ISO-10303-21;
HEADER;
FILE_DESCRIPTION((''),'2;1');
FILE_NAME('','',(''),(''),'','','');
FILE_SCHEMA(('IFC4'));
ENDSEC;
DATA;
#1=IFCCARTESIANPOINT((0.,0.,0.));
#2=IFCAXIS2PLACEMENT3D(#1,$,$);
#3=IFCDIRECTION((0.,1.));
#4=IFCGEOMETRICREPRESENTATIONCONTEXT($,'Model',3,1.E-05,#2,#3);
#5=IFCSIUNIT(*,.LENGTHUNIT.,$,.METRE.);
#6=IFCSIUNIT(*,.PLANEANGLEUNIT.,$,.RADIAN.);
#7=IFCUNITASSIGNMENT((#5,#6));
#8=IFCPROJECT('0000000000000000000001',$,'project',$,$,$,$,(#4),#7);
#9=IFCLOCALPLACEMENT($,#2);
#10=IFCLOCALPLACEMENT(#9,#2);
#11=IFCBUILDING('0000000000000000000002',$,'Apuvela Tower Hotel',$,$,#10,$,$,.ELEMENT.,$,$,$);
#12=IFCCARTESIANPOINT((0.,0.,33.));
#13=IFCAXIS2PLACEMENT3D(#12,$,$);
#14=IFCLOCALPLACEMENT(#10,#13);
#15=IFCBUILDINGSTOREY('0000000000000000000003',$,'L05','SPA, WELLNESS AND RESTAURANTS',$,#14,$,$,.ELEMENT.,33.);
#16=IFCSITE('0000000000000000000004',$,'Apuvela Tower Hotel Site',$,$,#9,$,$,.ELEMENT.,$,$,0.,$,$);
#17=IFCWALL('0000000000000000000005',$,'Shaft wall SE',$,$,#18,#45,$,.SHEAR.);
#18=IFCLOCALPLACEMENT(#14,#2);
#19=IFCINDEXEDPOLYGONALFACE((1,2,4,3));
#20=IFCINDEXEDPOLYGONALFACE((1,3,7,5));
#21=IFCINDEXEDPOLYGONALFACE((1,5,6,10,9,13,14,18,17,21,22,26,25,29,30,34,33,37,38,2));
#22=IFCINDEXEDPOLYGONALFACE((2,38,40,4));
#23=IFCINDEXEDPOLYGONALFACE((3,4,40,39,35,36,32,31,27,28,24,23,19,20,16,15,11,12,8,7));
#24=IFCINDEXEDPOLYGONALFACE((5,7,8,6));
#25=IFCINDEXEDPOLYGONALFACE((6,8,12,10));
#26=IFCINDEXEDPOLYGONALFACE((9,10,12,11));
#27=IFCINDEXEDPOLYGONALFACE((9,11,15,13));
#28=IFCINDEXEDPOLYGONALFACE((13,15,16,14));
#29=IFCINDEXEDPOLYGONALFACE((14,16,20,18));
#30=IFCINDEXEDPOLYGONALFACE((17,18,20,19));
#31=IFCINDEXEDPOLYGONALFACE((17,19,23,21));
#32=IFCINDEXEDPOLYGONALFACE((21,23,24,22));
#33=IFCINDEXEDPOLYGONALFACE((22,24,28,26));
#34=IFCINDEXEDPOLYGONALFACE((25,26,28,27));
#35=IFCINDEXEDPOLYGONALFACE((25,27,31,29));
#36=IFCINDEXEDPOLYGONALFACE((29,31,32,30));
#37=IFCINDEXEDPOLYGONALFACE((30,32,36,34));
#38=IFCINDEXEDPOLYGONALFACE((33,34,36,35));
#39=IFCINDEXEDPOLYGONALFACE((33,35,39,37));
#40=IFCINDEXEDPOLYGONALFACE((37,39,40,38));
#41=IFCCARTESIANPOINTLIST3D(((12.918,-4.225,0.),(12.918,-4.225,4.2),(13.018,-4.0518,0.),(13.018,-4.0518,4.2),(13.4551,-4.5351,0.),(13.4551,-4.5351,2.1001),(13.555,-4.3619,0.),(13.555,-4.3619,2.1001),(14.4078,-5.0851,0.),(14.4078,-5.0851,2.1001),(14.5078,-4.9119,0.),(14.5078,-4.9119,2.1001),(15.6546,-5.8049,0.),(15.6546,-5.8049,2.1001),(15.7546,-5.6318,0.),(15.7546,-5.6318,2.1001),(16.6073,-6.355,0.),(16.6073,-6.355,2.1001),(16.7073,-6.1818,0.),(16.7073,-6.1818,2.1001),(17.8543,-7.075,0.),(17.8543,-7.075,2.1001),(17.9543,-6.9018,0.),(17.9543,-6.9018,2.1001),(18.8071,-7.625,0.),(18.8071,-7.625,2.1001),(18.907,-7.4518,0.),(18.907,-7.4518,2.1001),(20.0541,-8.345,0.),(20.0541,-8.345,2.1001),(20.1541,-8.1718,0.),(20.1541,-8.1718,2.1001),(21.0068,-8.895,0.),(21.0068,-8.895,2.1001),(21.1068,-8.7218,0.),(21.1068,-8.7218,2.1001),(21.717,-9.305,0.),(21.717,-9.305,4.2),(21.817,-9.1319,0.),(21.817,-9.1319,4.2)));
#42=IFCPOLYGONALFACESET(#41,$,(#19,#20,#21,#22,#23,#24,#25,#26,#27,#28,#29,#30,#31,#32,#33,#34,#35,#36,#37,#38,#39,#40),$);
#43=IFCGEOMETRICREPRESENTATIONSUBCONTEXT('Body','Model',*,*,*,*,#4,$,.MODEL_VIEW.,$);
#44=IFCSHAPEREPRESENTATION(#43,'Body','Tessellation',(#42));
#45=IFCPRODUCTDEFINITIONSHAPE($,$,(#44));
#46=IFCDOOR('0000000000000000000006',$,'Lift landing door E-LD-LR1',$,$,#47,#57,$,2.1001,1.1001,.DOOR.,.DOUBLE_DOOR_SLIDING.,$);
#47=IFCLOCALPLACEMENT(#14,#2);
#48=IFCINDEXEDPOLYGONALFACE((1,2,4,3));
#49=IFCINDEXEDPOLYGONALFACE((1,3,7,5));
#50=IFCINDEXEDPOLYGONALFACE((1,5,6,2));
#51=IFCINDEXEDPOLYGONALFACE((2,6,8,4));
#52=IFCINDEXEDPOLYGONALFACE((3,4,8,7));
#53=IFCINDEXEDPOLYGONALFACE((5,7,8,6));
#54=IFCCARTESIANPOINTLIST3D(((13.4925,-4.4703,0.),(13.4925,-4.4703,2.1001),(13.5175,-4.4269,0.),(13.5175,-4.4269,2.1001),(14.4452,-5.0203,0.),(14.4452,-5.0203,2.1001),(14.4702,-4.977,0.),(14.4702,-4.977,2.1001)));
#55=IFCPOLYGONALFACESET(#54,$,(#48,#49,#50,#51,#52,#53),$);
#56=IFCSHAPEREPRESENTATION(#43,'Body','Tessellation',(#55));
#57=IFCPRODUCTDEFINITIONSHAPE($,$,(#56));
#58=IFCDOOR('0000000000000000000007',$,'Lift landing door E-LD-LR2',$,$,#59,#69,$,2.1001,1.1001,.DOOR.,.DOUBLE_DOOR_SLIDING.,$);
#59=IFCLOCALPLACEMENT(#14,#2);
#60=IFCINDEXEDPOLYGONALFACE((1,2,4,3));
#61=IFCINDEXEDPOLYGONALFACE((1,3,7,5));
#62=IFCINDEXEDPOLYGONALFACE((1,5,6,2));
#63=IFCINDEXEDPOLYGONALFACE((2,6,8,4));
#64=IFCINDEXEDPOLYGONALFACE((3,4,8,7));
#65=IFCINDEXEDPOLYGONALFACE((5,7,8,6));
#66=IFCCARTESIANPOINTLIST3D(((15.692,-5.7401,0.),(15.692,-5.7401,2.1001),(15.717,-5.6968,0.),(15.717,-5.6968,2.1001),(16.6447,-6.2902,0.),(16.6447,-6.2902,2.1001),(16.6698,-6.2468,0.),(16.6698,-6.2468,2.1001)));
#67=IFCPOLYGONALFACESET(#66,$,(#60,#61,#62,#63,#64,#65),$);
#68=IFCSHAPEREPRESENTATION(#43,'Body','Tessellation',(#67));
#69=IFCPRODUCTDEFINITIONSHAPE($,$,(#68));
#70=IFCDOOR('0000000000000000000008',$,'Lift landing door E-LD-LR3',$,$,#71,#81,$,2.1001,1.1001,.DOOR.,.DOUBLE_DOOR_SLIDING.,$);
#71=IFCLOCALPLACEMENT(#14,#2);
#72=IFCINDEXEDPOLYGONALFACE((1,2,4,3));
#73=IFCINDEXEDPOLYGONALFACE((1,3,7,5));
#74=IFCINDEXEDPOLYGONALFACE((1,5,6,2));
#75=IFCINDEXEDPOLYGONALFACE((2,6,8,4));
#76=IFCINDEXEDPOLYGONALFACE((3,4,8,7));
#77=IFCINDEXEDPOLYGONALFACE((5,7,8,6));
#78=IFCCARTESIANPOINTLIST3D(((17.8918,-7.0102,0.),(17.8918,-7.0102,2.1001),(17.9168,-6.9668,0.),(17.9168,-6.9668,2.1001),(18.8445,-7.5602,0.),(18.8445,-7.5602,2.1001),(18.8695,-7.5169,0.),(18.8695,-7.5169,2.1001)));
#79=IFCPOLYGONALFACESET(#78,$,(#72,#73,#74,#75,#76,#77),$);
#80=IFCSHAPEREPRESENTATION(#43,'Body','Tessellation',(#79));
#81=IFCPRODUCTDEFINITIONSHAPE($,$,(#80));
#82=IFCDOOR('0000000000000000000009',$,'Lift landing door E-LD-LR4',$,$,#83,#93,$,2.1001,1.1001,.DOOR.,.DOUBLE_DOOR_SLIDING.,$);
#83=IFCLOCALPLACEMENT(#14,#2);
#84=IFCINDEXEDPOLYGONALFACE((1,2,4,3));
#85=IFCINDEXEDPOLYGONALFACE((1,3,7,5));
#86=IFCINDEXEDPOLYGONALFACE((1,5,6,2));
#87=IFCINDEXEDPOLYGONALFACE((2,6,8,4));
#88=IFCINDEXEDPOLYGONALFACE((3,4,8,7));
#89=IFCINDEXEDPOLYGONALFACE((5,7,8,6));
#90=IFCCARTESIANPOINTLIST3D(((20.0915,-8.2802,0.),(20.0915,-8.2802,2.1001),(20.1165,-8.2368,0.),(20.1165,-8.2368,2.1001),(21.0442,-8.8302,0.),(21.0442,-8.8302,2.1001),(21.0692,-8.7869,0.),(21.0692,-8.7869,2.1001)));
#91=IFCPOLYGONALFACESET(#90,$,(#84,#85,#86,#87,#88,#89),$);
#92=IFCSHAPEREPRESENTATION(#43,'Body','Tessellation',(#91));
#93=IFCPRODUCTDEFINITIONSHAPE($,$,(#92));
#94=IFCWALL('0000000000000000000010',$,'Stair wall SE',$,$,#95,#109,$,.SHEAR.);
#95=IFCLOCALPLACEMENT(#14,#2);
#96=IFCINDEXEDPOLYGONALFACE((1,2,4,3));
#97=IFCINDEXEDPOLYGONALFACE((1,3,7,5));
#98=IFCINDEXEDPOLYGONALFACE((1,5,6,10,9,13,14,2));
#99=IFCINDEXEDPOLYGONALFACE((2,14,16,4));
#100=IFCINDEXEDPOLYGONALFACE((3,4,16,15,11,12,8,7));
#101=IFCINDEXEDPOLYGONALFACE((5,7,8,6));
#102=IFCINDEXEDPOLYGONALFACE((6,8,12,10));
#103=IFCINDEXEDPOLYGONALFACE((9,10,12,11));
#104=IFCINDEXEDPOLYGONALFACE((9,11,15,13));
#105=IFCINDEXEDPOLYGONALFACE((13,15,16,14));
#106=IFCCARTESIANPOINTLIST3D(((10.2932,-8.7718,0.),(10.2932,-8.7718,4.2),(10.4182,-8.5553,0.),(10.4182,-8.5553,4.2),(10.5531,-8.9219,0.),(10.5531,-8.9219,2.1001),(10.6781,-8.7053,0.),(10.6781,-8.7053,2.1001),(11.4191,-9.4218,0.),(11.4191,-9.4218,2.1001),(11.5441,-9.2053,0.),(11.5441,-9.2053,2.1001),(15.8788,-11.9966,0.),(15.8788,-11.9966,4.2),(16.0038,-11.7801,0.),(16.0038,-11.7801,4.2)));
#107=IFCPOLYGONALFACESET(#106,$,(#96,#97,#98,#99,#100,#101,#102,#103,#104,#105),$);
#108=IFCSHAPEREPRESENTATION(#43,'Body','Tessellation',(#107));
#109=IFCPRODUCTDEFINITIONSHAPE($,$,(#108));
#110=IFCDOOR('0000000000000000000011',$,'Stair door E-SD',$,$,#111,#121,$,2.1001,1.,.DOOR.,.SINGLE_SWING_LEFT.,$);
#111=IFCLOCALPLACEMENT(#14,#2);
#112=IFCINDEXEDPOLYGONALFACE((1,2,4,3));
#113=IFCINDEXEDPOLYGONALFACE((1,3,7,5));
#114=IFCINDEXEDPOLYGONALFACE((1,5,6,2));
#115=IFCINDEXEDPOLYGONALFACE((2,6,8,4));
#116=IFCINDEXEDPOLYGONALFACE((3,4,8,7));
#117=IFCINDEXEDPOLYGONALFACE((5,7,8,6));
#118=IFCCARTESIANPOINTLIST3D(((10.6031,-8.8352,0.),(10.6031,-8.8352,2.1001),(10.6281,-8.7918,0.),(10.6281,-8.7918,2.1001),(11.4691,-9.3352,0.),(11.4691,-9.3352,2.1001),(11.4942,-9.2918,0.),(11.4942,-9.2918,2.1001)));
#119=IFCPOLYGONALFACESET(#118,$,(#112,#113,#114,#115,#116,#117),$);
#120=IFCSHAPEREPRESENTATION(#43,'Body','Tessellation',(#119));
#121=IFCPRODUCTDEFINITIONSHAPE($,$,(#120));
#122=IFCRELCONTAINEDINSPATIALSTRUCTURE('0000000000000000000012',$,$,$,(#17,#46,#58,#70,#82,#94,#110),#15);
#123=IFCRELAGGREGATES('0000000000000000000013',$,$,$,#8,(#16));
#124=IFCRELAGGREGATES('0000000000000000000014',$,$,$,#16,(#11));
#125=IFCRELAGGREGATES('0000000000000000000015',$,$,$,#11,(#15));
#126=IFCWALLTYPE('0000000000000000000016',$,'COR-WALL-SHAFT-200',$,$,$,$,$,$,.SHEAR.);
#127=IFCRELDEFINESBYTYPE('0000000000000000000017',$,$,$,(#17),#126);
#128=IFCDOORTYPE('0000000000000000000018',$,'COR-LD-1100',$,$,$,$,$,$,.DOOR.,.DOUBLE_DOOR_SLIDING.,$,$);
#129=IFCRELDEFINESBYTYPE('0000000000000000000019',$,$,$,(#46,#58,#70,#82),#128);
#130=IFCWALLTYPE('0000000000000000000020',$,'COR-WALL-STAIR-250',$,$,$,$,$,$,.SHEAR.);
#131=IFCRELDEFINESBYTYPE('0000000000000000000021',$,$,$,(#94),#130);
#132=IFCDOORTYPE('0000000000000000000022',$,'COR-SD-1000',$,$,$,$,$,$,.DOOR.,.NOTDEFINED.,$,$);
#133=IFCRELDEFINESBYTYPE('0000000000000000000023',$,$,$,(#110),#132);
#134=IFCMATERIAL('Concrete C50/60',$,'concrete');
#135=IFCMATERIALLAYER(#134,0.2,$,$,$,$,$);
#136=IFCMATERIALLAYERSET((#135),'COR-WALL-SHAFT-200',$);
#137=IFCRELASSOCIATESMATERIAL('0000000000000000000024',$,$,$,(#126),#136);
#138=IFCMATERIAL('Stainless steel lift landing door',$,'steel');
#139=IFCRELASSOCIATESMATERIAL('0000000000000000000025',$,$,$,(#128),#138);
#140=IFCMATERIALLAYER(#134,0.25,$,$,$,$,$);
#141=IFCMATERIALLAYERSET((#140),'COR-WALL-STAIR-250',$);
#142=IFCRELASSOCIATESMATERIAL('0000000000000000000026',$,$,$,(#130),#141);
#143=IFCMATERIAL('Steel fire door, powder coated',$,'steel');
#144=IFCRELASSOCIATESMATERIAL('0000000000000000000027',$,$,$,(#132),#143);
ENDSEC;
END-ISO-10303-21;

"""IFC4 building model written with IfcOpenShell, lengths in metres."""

from ifc_helpers import new_model, si_unit, direction, frame, frame_2d, origin, place, context, subcontext, project, spatial, rectangle, extrude, material, layer, layer_set, type_object, element, fill, save


model = new_model("IFC4")

# Units and contexts
model_context = context("Model", 3, precision=1e-05, world=origin(), true_north=direction((0.0, 1.0)))
body_context = subcontext(model_context, "Body", "Model", "MODEL_VIEW")
ifc_project = project(units=[si_unit("LENGTHUNIT", "METRE"), si_unit("PLANEANGLEUNIT", "RADIAN")], contexts=[model_context])

# Site, building, storey
site_placement = place(None, origin())
site = spatial("IfcSite", under=ifc_project, at=site_placement, Name="Apuvela Tower Hotel Site", CompositionType="ELEMENT", RefElevation=0.0)
building_placement = place(site_placement, origin())
building = spatial("IfcBuilding", under=site, at=building_placement, Name="Apuvela Tower Hotel", CompositionType="ELEMENT")
storey_placement = place(building_placement, frame((0.0, 0.0, 33.0)))
storey = spatial("IfcBuildingStorey", under=building, at=storey_placement, Name="L05", Description="SPA, WELLNESS AND RESTAURANTS", CompositionType="ELEMENT", Elevation=33.0)

# Shared definitions
ifc_material_1 = material(Name="Concrete C50/60", Category="concrete")
ifc_layer_1 = layer(ifc_material_1, 0.2)
ifc_layer_set_1 = layer_set([ifc_layer_1], Name="COR-WALL-SHAFT-200")
wall_type_1 = type_object("IfcWallType", Name="COR-WALL-SHAFT-200", PredefinedType="SHEAR", material=ifc_layer_set_1)
ifc_material_2 = material(Name="Stainless steel lift landing door", Category="steel")

# Wall, openings, doors
wall_1_placement = place(storey_placement, frame((12.968, -4.1384, 0.0), z_axis=(0.0, 0.0, 1.0), x_axis=(0.866028, -0.499995, 0.0)))
wall_1 = element("IfcWall", 1, at=wall_1_placement, inside=storey, type_object=wall_type_1, Name="Shaft wall SE", PredefinedType="SHEAR", context=body_context, shape_type="SweptSolid", body=[
    extrude(rectangle(XDim=10.1602, YDim=0.2, at=frame_2d((5.0801, 0.0))), origin(), (0.0, 0.0, 1.0), 4.2),
])
opening_1_placement = place(wall_1_placement, frame((0.6201, 0.0, 0.0)))
opening_1 = element("IfcOpeningElement", 2, at=opening_1_placement, cuts=wall_1, PredefinedType="OPENING", context=body_context, shape_type="SweptSolid", body=[
    extrude(rectangle(XDim=1.1001, YDim=2.1001, at=frame_2d((0.55, 1.05))), frame((0.0, 0.1099, 0.0), z_axis=(0.0, -1.0, 0.0), x_axis=(1.0, 0.0, 0.0)), (0.0, 0.0, 1.0), 0.22),
])
opening_2_placement = place(wall_1_placement, frame((3.1599, 0.0, 0.0)))
opening_2 = element("IfcOpeningElement", 3, at=opening_2_placement, cuts=wall_1, PredefinedType="OPENING", context=body_context, shape_type="SweptSolid", body=[
    extrude(rectangle(XDim=1.1001, YDim=2.1001, at=frame_2d((0.55, 1.05))), frame((0.0, 0.1099, 0.0), z_axis=(0.0, -1.0, 0.0), x_axis=(1.0, 0.0, 0.0)), (0.0, 0.0, 1.0), 0.22),
])
opening_3_placement = place(wall_1_placement, frame((5.7, 0.0, 0.0)))
opening_3 = element("IfcOpeningElement", 4, at=opening_3_placement, cuts=wall_1, PredefinedType="OPENING", context=body_context, shape_type="SweptSolid", body=[
    extrude(rectangle(XDim=1.1001, YDim=2.1001, at=frame_2d((0.55, 1.05))), frame((0.0, 0.1099, 0.0), z_axis=(0.0, -1.0, 0.0), x_axis=(1.0, 0.0, 0.0)), (0.0, 0.0, 1.0), 0.22),
])
opening_4_placement = place(wall_1_placement, frame((8.24, 0.0, 0.0)))
opening_4 = element("IfcOpeningElement", 5, at=opening_4_placement, cuts=wall_1, PredefinedType="OPENING", context=body_context, shape_type="SweptSolid", body=[
    extrude(rectangle(XDim=1.1001, YDim=2.1001, at=frame_2d((0.55, 1.05))), frame((0.0, 0.1099, 0.0), z_axis=(0.0, -1.0, 0.0), x_axis=(1.0, 0.0, 0.0)), (0.0, 0.0, 1.0), 0.22),
])
door_type_1 = type_object("IfcDoorType", Name="COR-LD-1100", OperationType="DOUBLE_DOOR_SLIDING", PredefinedType="DOOR", material=ifc_material_2)
door_1_placement = place(opening_1_placement, origin())
door_1 = element("IfcDoor", 6, at=door_1_placement, inside=storey, type_object=door_type_1, Name="Lift landing door E-LD-LR1", OperationType="DOUBLE_DOOR_SLIDING", OverallHeight=2.1001, OverallWidth=1.1001, PredefinedType="DOOR", context=body_context, shape_type="SweptSolid", body=[
    extrude(rectangle(XDim=1.1001, YDim=2.1001, at=frame_2d((0.55, 1.05))), frame((0.0, 0.0249, 0.0), z_axis=(0.0, -1.0, 0.0), x_axis=(1.0, 0.0, 0.0)), (0.0, 0.0, 1.0), 0.05),
])
fill(opening_1, door_1)
door_2_placement = place(opening_2_placement, origin())
door_2 = element("IfcDoor", 7, at=door_2_placement, inside=storey, type_object=door_type_1, Name="Lift landing door E-LD-LR2", OperationType="DOUBLE_DOOR_SLIDING", OverallHeight=2.1001, OverallWidth=1.1001, PredefinedType="DOOR", context=body_context, shape_type="SweptSolid", body=[
    extrude(rectangle(XDim=1.1001, YDim=2.1001, at=frame_2d((0.55, 1.05))), frame((0.0, 0.0249, 0.0), z_axis=(0.0, -1.0, 0.0), x_axis=(1.0, 0.0, 0.0)), (0.0, 0.0, 1.0), 0.05),
])
fill(opening_2, door_2)
door_3_placement = place(opening_3_placement, origin())
door_3 = element("IfcDoor", 8, at=door_3_placement, inside=storey, type_object=door_type_1, Name="Lift landing door E-LD-LR3", OperationType="DOUBLE_DOOR_SLIDING", OverallHeight=2.1001, OverallWidth=1.1001, PredefinedType="DOOR", context=body_context, shape_type="SweptSolid", body=[
    extrude(rectangle(XDim=1.1001, YDim=2.1001, at=frame_2d((0.55, 1.05))), frame((0.0, 0.0249, 0.0), z_axis=(0.0, -1.0, 0.0), x_axis=(1.0, 0.0, 0.0)), (0.0, 0.0, 1.0), 0.05),
])
fill(opening_3, door_3)
door_4_placement = place(opening_4_placement, origin())
door_4 = element("IfcDoor", 9, at=door_4_placement, inside=storey, type_object=door_type_1, Name="Lift landing door E-LD-LR4", OperationType="DOUBLE_DOOR_SLIDING", OverallHeight=2.1001, OverallWidth=1.1001, PredefinedType="DOOR", context=body_context, shape_type="SweptSolid", body=[
    extrude(rectangle(XDim=1.1001, YDim=2.1001, at=frame_2d((0.55, 1.05))), frame((0.0, 0.0249, 0.0), z_axis=(0.0, -1.0, 0.0), x_axis=(1.0, 0.0, 0.0)), (0.0, 0.0, 1.0), 0.05),
])
fill(opening_4, door_4)

# Wall, opening, door
ifc_layer_2 = layer(ifc_material_1, 0.25)
ifc_layer_set_2 = layer_set([ifc_layer_2], Name="COR-WALL-STAIR-250")
wall_type_2 = type_object("IfcWallType", Name="COR-WALL-STAIR-250", PredefinedType="SHEAR", material=ifc_layer_set_2)
wall_2_placement = place(storey_placement, frame((10.3557, -8.6636, 0.0), z_axis=(0.0, 0.0, 1.0), x_axis=(0.866029, -0.499994, 0.0)))
wall_2 = element("IfcWall", 10, at=wall_2_placement, inside=storey, type_object=wall_type_2, Name="Stair wall SE", PredefinedType="SHEAR", context=body_context, shape_type="SweptSolid", body=[
    extrude(rectangle(XDim=6.4497, YDim=0.25, at=frame_2d((3.2249, 0.0))), origin(), (0.0, 0.0, 1.0), 4.2),
])
opening_5_placement = place(wall_2_placement, frame((0.3, 0.0, 0.0)))
opening_5 = element("IfcOpeningElement", 11, at=opening_5_placement, cuts=wall_2, PredefinedType="OPENING", context=body_context, shape_type="SweptSolid", body=[
    extrude(rectangle(XDim=1.0, YDim=2.1001, at=frame_2d((0.5, 1.05))), frame((0.0, 0.135, 0.0), z_axis=(0.0, -1.0, 0.0), x_axis=(1.0, 0.0, 0.0)), (0.0, 0.0, 1.0), 0.27),
])
ifc_material_3 = material(Name="Steel fire door, powder coated", Category="steel")
door_type_2 = type_object("IfcDoorType", Name="COR-SD-1000", OperationType="NOTDEFINED", PredefinedType="DOOR", material=ifc_material_3)
door_5_placement = place(opening_5_placement, frame((1.0, 0.0, 0.0), z_axis=(0.0, 0.0, 1.0), x_axis=(-1.0, 0.0, 0.0)))
door_5 = element("IfcDoor", 12, at=door_5_placement, inside=storey, type_object=door_type_2, Name="Stair door E-SD", OperationType="SINGLE_SWING_LEFT", OverallHeight=2.1001, OverallWidth=1.0, PredefinedType="DOOR", context=body_context, shape_type="SweptSolid", body=[
    extrude(rectangle(XDim=1.0, YDim=2.1001, at=frame_2d((0.5, 1.05))), frame((0.0, 0.0249, 0.0), z_axis=(0.0, -1.0, 0.0), x_axis=(1.0, 0.0, 0.0)), (0.0, 0.0, 1.0), 0.05),
])
fill(opening_5, door_5)

save(model, "model.ifc")
